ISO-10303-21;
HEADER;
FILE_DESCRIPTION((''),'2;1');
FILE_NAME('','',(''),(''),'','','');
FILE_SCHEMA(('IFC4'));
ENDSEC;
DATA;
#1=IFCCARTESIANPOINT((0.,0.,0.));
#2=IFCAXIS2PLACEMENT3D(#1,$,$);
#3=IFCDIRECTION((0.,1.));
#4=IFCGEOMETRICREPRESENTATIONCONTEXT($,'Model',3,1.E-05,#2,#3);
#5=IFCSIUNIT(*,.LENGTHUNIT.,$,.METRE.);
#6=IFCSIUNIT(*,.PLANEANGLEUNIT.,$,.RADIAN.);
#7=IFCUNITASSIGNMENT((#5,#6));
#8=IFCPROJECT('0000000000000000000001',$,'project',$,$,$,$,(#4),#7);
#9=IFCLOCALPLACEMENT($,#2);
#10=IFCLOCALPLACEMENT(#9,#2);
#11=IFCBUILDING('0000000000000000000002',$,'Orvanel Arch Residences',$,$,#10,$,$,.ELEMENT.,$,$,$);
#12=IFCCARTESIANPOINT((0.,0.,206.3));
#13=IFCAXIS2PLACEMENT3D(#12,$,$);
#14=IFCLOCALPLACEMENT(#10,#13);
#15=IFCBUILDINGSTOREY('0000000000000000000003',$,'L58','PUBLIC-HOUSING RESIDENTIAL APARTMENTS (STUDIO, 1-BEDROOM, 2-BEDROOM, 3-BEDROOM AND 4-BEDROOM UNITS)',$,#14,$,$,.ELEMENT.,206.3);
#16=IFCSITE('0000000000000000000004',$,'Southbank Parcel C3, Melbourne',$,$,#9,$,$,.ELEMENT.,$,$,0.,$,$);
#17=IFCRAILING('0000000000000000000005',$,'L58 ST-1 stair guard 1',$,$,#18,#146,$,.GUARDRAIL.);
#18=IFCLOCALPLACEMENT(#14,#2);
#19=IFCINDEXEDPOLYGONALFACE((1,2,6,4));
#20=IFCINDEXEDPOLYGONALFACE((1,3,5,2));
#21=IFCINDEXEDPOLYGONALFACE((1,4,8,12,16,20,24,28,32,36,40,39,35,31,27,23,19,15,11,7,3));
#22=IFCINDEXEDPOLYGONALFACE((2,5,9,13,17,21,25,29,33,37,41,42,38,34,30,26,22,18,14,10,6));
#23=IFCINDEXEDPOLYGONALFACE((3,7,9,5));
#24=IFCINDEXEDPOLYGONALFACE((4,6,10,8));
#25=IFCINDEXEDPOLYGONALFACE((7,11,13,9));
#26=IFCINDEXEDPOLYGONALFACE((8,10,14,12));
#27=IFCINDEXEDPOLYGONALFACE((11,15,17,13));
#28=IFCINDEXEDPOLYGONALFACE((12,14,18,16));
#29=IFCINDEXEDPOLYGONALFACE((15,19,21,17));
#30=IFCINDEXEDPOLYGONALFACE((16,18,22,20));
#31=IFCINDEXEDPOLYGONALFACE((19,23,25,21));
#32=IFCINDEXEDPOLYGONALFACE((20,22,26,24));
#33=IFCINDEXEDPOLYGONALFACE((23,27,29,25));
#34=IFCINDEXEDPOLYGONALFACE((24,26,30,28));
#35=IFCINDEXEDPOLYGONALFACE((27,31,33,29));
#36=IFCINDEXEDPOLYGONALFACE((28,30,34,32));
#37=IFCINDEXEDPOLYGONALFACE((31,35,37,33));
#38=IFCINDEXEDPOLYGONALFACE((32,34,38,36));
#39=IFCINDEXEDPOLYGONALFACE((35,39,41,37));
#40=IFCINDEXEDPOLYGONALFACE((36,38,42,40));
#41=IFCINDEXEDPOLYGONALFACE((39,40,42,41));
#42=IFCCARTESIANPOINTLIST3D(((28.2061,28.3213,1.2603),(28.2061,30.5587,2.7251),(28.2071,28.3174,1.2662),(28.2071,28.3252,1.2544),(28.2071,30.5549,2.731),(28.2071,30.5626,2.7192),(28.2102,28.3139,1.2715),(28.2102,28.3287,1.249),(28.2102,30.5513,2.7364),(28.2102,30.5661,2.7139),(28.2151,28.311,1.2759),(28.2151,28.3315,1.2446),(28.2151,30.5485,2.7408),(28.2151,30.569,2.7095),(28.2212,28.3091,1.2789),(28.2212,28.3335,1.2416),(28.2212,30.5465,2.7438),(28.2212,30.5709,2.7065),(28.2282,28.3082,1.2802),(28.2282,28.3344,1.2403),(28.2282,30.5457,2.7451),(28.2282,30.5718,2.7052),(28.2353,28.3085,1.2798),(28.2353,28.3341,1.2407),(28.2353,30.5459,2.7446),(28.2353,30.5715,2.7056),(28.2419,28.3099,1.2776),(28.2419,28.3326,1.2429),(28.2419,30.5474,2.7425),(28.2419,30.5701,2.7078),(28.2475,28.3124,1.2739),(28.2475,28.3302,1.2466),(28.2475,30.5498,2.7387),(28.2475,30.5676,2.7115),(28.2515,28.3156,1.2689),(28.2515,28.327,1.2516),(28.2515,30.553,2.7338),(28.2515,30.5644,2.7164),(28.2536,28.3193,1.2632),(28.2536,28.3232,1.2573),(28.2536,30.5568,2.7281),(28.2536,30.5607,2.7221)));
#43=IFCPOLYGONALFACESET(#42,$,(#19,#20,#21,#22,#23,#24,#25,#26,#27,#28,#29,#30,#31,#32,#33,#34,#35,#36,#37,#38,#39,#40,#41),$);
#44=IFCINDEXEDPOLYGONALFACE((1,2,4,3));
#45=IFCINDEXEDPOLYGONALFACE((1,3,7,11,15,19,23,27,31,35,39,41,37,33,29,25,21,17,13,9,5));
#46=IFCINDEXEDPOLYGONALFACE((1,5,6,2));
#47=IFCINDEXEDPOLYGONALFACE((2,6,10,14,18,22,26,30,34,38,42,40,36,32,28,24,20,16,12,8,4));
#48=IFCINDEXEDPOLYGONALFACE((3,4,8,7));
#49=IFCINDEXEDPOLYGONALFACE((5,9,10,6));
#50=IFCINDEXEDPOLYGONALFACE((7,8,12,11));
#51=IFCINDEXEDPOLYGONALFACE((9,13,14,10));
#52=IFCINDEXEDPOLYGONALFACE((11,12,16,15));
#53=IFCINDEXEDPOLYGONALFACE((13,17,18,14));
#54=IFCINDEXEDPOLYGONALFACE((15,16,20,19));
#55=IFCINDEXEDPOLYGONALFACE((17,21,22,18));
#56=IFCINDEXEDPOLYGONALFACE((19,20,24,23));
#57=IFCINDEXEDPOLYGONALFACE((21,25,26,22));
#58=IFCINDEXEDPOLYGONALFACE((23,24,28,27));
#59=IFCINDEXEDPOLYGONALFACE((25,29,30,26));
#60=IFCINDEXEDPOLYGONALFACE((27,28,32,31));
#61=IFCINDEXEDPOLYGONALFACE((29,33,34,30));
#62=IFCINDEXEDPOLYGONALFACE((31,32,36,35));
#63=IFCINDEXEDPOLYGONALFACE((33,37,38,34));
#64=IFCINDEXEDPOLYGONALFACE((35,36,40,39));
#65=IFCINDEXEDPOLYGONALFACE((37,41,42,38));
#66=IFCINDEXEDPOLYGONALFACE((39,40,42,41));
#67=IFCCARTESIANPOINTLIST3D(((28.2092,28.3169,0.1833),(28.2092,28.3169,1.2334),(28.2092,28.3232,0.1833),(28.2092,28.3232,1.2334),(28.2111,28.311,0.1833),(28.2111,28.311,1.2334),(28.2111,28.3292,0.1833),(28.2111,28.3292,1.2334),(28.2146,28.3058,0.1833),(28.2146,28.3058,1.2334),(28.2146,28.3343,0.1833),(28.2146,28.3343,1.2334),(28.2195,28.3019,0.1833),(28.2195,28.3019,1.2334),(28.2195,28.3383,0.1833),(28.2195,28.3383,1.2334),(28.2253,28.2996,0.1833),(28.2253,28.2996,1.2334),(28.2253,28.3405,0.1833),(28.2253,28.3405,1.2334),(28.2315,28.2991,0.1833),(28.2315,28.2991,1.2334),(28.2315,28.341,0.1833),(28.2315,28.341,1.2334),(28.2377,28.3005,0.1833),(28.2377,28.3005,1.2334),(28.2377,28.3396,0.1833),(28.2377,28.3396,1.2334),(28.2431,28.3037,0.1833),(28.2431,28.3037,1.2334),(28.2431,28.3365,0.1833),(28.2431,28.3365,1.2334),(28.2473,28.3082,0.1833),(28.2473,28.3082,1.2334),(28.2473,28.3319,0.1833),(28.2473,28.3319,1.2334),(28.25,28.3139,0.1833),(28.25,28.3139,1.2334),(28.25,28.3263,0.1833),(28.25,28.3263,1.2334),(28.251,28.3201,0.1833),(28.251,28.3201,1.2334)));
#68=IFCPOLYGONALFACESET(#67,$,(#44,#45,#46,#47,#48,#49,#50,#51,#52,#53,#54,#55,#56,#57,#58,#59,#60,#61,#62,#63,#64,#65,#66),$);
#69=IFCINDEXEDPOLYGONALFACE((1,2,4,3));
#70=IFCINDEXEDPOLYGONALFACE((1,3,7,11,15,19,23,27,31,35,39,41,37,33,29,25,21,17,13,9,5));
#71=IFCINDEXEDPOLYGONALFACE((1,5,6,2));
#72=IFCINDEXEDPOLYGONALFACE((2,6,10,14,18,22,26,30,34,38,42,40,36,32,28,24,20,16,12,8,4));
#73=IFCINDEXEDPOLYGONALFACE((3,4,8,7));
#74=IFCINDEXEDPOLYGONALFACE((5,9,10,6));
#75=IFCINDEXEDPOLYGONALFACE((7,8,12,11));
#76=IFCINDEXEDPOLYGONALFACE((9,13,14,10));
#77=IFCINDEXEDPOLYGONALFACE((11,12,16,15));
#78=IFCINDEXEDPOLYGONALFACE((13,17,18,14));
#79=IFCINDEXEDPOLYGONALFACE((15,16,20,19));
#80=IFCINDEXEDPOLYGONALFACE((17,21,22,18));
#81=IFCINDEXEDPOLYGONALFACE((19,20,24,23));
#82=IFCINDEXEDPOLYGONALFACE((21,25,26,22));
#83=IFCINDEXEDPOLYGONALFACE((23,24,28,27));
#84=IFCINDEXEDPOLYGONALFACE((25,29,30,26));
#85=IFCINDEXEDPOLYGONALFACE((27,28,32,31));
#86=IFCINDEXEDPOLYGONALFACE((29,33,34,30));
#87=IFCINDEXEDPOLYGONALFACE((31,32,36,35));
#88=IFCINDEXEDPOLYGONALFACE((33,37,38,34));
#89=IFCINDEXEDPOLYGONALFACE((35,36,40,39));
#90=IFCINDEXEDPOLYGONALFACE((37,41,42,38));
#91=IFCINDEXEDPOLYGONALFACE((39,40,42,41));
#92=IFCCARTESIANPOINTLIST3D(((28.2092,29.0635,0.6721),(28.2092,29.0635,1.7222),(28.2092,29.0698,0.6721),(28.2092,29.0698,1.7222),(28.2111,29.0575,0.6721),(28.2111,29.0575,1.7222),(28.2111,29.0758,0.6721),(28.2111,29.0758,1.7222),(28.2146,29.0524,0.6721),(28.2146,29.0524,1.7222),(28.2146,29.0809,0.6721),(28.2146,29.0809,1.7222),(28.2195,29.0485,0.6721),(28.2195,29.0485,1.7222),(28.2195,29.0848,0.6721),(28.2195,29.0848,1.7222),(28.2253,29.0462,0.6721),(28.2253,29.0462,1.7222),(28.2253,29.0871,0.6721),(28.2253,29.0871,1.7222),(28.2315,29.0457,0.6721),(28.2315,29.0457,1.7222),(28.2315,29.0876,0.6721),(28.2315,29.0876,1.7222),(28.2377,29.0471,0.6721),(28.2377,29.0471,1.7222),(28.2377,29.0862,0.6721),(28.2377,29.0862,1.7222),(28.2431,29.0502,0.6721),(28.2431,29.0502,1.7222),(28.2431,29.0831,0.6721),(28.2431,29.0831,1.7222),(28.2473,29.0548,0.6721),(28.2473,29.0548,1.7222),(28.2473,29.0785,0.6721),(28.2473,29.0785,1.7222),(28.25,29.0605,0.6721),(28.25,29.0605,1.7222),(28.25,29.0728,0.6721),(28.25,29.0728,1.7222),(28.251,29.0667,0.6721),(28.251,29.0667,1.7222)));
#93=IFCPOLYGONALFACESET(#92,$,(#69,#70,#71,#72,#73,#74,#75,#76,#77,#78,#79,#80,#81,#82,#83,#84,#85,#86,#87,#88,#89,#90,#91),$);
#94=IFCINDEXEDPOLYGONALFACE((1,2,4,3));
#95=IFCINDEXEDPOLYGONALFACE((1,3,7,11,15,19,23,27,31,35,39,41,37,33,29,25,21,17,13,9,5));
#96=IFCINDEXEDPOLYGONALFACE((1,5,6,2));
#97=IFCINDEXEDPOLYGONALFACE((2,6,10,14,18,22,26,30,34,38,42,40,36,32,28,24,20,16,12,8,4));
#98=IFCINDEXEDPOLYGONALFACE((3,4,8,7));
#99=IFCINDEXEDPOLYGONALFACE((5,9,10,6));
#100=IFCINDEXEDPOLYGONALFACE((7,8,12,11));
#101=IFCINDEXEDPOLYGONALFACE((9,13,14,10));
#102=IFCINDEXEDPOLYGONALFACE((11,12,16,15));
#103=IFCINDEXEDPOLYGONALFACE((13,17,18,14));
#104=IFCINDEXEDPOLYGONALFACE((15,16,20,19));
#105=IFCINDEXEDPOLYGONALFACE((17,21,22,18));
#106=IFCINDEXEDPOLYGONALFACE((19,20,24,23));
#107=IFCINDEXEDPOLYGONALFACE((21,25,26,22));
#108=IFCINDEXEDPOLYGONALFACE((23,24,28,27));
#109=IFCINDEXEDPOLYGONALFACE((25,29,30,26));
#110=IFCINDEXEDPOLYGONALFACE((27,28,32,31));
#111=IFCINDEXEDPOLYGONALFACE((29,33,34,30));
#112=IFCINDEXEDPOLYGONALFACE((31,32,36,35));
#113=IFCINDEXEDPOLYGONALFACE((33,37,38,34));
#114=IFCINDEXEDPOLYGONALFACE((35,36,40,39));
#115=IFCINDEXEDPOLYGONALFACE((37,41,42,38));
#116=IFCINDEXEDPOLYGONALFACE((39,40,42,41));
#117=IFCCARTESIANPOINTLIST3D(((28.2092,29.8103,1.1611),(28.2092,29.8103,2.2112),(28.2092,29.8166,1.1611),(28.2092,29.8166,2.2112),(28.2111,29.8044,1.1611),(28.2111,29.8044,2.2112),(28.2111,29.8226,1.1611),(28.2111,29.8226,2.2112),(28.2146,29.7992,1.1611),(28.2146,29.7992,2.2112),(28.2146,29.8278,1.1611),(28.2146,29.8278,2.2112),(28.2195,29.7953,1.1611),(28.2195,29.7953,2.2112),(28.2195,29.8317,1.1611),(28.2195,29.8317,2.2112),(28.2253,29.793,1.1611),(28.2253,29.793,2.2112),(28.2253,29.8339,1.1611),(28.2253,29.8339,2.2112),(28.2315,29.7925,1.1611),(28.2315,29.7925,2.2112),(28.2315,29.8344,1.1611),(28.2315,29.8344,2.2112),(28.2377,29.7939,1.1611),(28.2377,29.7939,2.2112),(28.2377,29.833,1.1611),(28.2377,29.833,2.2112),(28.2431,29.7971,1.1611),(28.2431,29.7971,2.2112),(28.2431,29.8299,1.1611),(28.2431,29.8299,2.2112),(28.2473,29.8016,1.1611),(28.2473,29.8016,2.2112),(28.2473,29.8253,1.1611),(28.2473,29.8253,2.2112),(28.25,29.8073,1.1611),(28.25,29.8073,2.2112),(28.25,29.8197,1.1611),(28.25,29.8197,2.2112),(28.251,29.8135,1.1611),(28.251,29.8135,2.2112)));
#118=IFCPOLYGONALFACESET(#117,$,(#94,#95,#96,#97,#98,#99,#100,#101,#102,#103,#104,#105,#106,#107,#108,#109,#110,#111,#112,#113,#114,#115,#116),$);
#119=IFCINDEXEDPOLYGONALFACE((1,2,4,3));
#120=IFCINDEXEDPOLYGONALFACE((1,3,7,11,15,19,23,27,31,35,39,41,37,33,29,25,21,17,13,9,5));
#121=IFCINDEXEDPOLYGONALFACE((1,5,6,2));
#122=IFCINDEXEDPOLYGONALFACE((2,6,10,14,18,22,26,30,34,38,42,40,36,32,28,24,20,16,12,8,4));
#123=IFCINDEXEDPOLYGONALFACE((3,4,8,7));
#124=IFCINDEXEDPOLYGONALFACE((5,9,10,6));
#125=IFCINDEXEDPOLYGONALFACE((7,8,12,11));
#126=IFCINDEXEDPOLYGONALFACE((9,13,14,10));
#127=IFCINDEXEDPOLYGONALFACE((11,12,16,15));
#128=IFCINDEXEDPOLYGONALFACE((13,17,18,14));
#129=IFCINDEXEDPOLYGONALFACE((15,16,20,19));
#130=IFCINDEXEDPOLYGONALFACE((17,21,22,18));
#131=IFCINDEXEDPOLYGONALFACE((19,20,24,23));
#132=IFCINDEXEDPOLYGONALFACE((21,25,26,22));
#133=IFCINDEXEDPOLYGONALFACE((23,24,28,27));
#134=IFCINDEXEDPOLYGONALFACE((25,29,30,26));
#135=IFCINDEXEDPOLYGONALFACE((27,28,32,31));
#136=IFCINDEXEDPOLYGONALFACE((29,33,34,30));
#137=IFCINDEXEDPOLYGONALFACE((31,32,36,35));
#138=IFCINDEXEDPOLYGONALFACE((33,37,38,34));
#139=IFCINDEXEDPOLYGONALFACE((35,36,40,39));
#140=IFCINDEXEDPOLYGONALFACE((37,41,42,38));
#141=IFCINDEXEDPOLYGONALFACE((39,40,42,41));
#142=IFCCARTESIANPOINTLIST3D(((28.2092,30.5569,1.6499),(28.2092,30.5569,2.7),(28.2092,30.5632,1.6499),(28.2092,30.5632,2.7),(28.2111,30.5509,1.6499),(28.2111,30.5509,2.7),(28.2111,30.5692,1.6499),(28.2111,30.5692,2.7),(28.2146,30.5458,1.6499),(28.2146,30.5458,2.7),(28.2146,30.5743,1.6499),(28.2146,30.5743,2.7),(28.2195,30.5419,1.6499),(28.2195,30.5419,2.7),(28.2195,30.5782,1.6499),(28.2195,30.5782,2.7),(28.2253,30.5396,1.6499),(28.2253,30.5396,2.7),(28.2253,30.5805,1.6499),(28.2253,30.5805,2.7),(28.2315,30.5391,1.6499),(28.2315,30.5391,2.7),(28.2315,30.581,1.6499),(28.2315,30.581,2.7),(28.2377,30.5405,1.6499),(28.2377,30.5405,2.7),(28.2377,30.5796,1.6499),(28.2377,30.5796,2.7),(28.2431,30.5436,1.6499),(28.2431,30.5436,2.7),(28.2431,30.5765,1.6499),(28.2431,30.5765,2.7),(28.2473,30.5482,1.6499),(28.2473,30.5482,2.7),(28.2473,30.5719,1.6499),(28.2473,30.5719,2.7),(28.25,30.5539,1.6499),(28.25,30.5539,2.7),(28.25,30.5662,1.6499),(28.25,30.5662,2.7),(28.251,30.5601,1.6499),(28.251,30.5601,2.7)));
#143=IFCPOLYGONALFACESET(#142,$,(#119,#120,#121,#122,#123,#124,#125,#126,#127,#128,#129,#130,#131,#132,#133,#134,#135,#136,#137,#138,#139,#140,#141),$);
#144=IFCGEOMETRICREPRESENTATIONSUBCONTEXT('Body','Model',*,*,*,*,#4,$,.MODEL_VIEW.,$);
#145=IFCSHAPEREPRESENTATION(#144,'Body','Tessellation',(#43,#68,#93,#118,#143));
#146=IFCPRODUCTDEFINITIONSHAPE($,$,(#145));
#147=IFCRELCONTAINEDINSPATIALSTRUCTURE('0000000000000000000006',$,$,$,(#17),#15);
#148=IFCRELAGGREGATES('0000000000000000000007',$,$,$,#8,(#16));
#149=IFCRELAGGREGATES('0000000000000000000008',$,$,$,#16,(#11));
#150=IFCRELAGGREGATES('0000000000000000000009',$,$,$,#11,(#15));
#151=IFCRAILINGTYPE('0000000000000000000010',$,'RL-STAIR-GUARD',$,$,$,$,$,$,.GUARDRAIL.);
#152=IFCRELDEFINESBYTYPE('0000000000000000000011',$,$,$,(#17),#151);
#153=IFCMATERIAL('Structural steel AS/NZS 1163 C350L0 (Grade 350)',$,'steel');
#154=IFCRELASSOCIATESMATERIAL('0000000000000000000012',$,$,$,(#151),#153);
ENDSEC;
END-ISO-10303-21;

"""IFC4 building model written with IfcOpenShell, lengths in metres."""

from ifc_helpers import new_model, si_unit, direction, frame, origin, origin_2d, place, context, subcontext, project, spatial, circle, extrude, material, type_object, element, save


model = new_model("IFC4")

# Units and contexts
model_context = context("Model", 3, precision=1e-05, world=origin(), true_north=direction((0.0, 1.0)))
body_context = subcontext(model_context, "Body", "Model", "MODEL_VIEW")
ifc_project = project(units=[si_unit("LENGTHUNIT", "METRE"), si_unit("PLANEANGLEUNIT", "RADIAN")], contexts=[model_context])

# Site, building, storey
site_placement = place(None, origin())
site = spatial("IfcSite", under=ifc_project, at=site_placement, Name="Southbank Parcel C3, Melbourne", CompositionType="ELEMENT", RefElevation=0.0)
building_placement = place(site_placement, origin())
building = spatial("IfcBuilding", under=site, at=building_placement, Name="Orvanel Arch Residences", CompositionType="ELEMENT")
storey_placement = place(building_placement, frame((0.0, 0.0, 206.3)))
storey = spatial("IfcBuildingStorey", under=building, at=storey_placement, Name="L58", Description="PUBLIC-HOUSING RESIDENTIAL APARTMENTS (STUDIO, 1-BEDROOM, 2-BEDROOM, 3-BEDROOM AND 4-BEDROOM UNITS)", CompositionType="ELEMENT", Elevation=206.3)

# Railing
ifc_material_1 = material(Name="Structural steel AS/NZS 1163 C350L0 (Grade 350)", Category="steel")
railing_type_1 = type_object("IfcRailingType", Name="RL-STAIR-GUARD", PredefinedType="GUARDRAIL", material=ifc_material_1)
railing_1_placement = place(storey_placement, frame((28.23, 28.3201, 0.1833)))
element("IfcRailing", 1, at=railing_1_placement, inside=storey, type_object=railing_type_1, Name="L58 ST-1 stair guard 1", PredefinedType="GUARDRAIL", context=body_context, shape_type="SweptSolid", body=[
    extrude(circle(Radius=0.0239, at=origin_2d()), frame((0.0, 0.0012, 1.0769), z_axis=(0.0, 0.836637, 0.547758), x_axis=(-1.0, 0.0, 0.0)), (0.0, 0.0, 1.0), 2.6743),
    extrude(circle(Radius=0.021, at=origin_2d()), origin(), (0.0, 0.0, 1.0), 1.05),
    extrude(circle(Radius=0.021, at=origin_2d()), frame((0.0, 0.7466, 0.4888)), (0.0, 0.0, 1.0), 1.05),
    extrude(circle(Radius=0.021, at=origin_2d()), frame((0.0, 1.4934, 0.9778)), (0.0, 0.0, 1.0), 1.05),
    extrude(circle(Radius=0.021, at=origin_2d()), frame((0.0, 2.24, 1.4666)), (0.0, 0.0, 1.0), 1.05),
])

save(model, "model.ifc")
